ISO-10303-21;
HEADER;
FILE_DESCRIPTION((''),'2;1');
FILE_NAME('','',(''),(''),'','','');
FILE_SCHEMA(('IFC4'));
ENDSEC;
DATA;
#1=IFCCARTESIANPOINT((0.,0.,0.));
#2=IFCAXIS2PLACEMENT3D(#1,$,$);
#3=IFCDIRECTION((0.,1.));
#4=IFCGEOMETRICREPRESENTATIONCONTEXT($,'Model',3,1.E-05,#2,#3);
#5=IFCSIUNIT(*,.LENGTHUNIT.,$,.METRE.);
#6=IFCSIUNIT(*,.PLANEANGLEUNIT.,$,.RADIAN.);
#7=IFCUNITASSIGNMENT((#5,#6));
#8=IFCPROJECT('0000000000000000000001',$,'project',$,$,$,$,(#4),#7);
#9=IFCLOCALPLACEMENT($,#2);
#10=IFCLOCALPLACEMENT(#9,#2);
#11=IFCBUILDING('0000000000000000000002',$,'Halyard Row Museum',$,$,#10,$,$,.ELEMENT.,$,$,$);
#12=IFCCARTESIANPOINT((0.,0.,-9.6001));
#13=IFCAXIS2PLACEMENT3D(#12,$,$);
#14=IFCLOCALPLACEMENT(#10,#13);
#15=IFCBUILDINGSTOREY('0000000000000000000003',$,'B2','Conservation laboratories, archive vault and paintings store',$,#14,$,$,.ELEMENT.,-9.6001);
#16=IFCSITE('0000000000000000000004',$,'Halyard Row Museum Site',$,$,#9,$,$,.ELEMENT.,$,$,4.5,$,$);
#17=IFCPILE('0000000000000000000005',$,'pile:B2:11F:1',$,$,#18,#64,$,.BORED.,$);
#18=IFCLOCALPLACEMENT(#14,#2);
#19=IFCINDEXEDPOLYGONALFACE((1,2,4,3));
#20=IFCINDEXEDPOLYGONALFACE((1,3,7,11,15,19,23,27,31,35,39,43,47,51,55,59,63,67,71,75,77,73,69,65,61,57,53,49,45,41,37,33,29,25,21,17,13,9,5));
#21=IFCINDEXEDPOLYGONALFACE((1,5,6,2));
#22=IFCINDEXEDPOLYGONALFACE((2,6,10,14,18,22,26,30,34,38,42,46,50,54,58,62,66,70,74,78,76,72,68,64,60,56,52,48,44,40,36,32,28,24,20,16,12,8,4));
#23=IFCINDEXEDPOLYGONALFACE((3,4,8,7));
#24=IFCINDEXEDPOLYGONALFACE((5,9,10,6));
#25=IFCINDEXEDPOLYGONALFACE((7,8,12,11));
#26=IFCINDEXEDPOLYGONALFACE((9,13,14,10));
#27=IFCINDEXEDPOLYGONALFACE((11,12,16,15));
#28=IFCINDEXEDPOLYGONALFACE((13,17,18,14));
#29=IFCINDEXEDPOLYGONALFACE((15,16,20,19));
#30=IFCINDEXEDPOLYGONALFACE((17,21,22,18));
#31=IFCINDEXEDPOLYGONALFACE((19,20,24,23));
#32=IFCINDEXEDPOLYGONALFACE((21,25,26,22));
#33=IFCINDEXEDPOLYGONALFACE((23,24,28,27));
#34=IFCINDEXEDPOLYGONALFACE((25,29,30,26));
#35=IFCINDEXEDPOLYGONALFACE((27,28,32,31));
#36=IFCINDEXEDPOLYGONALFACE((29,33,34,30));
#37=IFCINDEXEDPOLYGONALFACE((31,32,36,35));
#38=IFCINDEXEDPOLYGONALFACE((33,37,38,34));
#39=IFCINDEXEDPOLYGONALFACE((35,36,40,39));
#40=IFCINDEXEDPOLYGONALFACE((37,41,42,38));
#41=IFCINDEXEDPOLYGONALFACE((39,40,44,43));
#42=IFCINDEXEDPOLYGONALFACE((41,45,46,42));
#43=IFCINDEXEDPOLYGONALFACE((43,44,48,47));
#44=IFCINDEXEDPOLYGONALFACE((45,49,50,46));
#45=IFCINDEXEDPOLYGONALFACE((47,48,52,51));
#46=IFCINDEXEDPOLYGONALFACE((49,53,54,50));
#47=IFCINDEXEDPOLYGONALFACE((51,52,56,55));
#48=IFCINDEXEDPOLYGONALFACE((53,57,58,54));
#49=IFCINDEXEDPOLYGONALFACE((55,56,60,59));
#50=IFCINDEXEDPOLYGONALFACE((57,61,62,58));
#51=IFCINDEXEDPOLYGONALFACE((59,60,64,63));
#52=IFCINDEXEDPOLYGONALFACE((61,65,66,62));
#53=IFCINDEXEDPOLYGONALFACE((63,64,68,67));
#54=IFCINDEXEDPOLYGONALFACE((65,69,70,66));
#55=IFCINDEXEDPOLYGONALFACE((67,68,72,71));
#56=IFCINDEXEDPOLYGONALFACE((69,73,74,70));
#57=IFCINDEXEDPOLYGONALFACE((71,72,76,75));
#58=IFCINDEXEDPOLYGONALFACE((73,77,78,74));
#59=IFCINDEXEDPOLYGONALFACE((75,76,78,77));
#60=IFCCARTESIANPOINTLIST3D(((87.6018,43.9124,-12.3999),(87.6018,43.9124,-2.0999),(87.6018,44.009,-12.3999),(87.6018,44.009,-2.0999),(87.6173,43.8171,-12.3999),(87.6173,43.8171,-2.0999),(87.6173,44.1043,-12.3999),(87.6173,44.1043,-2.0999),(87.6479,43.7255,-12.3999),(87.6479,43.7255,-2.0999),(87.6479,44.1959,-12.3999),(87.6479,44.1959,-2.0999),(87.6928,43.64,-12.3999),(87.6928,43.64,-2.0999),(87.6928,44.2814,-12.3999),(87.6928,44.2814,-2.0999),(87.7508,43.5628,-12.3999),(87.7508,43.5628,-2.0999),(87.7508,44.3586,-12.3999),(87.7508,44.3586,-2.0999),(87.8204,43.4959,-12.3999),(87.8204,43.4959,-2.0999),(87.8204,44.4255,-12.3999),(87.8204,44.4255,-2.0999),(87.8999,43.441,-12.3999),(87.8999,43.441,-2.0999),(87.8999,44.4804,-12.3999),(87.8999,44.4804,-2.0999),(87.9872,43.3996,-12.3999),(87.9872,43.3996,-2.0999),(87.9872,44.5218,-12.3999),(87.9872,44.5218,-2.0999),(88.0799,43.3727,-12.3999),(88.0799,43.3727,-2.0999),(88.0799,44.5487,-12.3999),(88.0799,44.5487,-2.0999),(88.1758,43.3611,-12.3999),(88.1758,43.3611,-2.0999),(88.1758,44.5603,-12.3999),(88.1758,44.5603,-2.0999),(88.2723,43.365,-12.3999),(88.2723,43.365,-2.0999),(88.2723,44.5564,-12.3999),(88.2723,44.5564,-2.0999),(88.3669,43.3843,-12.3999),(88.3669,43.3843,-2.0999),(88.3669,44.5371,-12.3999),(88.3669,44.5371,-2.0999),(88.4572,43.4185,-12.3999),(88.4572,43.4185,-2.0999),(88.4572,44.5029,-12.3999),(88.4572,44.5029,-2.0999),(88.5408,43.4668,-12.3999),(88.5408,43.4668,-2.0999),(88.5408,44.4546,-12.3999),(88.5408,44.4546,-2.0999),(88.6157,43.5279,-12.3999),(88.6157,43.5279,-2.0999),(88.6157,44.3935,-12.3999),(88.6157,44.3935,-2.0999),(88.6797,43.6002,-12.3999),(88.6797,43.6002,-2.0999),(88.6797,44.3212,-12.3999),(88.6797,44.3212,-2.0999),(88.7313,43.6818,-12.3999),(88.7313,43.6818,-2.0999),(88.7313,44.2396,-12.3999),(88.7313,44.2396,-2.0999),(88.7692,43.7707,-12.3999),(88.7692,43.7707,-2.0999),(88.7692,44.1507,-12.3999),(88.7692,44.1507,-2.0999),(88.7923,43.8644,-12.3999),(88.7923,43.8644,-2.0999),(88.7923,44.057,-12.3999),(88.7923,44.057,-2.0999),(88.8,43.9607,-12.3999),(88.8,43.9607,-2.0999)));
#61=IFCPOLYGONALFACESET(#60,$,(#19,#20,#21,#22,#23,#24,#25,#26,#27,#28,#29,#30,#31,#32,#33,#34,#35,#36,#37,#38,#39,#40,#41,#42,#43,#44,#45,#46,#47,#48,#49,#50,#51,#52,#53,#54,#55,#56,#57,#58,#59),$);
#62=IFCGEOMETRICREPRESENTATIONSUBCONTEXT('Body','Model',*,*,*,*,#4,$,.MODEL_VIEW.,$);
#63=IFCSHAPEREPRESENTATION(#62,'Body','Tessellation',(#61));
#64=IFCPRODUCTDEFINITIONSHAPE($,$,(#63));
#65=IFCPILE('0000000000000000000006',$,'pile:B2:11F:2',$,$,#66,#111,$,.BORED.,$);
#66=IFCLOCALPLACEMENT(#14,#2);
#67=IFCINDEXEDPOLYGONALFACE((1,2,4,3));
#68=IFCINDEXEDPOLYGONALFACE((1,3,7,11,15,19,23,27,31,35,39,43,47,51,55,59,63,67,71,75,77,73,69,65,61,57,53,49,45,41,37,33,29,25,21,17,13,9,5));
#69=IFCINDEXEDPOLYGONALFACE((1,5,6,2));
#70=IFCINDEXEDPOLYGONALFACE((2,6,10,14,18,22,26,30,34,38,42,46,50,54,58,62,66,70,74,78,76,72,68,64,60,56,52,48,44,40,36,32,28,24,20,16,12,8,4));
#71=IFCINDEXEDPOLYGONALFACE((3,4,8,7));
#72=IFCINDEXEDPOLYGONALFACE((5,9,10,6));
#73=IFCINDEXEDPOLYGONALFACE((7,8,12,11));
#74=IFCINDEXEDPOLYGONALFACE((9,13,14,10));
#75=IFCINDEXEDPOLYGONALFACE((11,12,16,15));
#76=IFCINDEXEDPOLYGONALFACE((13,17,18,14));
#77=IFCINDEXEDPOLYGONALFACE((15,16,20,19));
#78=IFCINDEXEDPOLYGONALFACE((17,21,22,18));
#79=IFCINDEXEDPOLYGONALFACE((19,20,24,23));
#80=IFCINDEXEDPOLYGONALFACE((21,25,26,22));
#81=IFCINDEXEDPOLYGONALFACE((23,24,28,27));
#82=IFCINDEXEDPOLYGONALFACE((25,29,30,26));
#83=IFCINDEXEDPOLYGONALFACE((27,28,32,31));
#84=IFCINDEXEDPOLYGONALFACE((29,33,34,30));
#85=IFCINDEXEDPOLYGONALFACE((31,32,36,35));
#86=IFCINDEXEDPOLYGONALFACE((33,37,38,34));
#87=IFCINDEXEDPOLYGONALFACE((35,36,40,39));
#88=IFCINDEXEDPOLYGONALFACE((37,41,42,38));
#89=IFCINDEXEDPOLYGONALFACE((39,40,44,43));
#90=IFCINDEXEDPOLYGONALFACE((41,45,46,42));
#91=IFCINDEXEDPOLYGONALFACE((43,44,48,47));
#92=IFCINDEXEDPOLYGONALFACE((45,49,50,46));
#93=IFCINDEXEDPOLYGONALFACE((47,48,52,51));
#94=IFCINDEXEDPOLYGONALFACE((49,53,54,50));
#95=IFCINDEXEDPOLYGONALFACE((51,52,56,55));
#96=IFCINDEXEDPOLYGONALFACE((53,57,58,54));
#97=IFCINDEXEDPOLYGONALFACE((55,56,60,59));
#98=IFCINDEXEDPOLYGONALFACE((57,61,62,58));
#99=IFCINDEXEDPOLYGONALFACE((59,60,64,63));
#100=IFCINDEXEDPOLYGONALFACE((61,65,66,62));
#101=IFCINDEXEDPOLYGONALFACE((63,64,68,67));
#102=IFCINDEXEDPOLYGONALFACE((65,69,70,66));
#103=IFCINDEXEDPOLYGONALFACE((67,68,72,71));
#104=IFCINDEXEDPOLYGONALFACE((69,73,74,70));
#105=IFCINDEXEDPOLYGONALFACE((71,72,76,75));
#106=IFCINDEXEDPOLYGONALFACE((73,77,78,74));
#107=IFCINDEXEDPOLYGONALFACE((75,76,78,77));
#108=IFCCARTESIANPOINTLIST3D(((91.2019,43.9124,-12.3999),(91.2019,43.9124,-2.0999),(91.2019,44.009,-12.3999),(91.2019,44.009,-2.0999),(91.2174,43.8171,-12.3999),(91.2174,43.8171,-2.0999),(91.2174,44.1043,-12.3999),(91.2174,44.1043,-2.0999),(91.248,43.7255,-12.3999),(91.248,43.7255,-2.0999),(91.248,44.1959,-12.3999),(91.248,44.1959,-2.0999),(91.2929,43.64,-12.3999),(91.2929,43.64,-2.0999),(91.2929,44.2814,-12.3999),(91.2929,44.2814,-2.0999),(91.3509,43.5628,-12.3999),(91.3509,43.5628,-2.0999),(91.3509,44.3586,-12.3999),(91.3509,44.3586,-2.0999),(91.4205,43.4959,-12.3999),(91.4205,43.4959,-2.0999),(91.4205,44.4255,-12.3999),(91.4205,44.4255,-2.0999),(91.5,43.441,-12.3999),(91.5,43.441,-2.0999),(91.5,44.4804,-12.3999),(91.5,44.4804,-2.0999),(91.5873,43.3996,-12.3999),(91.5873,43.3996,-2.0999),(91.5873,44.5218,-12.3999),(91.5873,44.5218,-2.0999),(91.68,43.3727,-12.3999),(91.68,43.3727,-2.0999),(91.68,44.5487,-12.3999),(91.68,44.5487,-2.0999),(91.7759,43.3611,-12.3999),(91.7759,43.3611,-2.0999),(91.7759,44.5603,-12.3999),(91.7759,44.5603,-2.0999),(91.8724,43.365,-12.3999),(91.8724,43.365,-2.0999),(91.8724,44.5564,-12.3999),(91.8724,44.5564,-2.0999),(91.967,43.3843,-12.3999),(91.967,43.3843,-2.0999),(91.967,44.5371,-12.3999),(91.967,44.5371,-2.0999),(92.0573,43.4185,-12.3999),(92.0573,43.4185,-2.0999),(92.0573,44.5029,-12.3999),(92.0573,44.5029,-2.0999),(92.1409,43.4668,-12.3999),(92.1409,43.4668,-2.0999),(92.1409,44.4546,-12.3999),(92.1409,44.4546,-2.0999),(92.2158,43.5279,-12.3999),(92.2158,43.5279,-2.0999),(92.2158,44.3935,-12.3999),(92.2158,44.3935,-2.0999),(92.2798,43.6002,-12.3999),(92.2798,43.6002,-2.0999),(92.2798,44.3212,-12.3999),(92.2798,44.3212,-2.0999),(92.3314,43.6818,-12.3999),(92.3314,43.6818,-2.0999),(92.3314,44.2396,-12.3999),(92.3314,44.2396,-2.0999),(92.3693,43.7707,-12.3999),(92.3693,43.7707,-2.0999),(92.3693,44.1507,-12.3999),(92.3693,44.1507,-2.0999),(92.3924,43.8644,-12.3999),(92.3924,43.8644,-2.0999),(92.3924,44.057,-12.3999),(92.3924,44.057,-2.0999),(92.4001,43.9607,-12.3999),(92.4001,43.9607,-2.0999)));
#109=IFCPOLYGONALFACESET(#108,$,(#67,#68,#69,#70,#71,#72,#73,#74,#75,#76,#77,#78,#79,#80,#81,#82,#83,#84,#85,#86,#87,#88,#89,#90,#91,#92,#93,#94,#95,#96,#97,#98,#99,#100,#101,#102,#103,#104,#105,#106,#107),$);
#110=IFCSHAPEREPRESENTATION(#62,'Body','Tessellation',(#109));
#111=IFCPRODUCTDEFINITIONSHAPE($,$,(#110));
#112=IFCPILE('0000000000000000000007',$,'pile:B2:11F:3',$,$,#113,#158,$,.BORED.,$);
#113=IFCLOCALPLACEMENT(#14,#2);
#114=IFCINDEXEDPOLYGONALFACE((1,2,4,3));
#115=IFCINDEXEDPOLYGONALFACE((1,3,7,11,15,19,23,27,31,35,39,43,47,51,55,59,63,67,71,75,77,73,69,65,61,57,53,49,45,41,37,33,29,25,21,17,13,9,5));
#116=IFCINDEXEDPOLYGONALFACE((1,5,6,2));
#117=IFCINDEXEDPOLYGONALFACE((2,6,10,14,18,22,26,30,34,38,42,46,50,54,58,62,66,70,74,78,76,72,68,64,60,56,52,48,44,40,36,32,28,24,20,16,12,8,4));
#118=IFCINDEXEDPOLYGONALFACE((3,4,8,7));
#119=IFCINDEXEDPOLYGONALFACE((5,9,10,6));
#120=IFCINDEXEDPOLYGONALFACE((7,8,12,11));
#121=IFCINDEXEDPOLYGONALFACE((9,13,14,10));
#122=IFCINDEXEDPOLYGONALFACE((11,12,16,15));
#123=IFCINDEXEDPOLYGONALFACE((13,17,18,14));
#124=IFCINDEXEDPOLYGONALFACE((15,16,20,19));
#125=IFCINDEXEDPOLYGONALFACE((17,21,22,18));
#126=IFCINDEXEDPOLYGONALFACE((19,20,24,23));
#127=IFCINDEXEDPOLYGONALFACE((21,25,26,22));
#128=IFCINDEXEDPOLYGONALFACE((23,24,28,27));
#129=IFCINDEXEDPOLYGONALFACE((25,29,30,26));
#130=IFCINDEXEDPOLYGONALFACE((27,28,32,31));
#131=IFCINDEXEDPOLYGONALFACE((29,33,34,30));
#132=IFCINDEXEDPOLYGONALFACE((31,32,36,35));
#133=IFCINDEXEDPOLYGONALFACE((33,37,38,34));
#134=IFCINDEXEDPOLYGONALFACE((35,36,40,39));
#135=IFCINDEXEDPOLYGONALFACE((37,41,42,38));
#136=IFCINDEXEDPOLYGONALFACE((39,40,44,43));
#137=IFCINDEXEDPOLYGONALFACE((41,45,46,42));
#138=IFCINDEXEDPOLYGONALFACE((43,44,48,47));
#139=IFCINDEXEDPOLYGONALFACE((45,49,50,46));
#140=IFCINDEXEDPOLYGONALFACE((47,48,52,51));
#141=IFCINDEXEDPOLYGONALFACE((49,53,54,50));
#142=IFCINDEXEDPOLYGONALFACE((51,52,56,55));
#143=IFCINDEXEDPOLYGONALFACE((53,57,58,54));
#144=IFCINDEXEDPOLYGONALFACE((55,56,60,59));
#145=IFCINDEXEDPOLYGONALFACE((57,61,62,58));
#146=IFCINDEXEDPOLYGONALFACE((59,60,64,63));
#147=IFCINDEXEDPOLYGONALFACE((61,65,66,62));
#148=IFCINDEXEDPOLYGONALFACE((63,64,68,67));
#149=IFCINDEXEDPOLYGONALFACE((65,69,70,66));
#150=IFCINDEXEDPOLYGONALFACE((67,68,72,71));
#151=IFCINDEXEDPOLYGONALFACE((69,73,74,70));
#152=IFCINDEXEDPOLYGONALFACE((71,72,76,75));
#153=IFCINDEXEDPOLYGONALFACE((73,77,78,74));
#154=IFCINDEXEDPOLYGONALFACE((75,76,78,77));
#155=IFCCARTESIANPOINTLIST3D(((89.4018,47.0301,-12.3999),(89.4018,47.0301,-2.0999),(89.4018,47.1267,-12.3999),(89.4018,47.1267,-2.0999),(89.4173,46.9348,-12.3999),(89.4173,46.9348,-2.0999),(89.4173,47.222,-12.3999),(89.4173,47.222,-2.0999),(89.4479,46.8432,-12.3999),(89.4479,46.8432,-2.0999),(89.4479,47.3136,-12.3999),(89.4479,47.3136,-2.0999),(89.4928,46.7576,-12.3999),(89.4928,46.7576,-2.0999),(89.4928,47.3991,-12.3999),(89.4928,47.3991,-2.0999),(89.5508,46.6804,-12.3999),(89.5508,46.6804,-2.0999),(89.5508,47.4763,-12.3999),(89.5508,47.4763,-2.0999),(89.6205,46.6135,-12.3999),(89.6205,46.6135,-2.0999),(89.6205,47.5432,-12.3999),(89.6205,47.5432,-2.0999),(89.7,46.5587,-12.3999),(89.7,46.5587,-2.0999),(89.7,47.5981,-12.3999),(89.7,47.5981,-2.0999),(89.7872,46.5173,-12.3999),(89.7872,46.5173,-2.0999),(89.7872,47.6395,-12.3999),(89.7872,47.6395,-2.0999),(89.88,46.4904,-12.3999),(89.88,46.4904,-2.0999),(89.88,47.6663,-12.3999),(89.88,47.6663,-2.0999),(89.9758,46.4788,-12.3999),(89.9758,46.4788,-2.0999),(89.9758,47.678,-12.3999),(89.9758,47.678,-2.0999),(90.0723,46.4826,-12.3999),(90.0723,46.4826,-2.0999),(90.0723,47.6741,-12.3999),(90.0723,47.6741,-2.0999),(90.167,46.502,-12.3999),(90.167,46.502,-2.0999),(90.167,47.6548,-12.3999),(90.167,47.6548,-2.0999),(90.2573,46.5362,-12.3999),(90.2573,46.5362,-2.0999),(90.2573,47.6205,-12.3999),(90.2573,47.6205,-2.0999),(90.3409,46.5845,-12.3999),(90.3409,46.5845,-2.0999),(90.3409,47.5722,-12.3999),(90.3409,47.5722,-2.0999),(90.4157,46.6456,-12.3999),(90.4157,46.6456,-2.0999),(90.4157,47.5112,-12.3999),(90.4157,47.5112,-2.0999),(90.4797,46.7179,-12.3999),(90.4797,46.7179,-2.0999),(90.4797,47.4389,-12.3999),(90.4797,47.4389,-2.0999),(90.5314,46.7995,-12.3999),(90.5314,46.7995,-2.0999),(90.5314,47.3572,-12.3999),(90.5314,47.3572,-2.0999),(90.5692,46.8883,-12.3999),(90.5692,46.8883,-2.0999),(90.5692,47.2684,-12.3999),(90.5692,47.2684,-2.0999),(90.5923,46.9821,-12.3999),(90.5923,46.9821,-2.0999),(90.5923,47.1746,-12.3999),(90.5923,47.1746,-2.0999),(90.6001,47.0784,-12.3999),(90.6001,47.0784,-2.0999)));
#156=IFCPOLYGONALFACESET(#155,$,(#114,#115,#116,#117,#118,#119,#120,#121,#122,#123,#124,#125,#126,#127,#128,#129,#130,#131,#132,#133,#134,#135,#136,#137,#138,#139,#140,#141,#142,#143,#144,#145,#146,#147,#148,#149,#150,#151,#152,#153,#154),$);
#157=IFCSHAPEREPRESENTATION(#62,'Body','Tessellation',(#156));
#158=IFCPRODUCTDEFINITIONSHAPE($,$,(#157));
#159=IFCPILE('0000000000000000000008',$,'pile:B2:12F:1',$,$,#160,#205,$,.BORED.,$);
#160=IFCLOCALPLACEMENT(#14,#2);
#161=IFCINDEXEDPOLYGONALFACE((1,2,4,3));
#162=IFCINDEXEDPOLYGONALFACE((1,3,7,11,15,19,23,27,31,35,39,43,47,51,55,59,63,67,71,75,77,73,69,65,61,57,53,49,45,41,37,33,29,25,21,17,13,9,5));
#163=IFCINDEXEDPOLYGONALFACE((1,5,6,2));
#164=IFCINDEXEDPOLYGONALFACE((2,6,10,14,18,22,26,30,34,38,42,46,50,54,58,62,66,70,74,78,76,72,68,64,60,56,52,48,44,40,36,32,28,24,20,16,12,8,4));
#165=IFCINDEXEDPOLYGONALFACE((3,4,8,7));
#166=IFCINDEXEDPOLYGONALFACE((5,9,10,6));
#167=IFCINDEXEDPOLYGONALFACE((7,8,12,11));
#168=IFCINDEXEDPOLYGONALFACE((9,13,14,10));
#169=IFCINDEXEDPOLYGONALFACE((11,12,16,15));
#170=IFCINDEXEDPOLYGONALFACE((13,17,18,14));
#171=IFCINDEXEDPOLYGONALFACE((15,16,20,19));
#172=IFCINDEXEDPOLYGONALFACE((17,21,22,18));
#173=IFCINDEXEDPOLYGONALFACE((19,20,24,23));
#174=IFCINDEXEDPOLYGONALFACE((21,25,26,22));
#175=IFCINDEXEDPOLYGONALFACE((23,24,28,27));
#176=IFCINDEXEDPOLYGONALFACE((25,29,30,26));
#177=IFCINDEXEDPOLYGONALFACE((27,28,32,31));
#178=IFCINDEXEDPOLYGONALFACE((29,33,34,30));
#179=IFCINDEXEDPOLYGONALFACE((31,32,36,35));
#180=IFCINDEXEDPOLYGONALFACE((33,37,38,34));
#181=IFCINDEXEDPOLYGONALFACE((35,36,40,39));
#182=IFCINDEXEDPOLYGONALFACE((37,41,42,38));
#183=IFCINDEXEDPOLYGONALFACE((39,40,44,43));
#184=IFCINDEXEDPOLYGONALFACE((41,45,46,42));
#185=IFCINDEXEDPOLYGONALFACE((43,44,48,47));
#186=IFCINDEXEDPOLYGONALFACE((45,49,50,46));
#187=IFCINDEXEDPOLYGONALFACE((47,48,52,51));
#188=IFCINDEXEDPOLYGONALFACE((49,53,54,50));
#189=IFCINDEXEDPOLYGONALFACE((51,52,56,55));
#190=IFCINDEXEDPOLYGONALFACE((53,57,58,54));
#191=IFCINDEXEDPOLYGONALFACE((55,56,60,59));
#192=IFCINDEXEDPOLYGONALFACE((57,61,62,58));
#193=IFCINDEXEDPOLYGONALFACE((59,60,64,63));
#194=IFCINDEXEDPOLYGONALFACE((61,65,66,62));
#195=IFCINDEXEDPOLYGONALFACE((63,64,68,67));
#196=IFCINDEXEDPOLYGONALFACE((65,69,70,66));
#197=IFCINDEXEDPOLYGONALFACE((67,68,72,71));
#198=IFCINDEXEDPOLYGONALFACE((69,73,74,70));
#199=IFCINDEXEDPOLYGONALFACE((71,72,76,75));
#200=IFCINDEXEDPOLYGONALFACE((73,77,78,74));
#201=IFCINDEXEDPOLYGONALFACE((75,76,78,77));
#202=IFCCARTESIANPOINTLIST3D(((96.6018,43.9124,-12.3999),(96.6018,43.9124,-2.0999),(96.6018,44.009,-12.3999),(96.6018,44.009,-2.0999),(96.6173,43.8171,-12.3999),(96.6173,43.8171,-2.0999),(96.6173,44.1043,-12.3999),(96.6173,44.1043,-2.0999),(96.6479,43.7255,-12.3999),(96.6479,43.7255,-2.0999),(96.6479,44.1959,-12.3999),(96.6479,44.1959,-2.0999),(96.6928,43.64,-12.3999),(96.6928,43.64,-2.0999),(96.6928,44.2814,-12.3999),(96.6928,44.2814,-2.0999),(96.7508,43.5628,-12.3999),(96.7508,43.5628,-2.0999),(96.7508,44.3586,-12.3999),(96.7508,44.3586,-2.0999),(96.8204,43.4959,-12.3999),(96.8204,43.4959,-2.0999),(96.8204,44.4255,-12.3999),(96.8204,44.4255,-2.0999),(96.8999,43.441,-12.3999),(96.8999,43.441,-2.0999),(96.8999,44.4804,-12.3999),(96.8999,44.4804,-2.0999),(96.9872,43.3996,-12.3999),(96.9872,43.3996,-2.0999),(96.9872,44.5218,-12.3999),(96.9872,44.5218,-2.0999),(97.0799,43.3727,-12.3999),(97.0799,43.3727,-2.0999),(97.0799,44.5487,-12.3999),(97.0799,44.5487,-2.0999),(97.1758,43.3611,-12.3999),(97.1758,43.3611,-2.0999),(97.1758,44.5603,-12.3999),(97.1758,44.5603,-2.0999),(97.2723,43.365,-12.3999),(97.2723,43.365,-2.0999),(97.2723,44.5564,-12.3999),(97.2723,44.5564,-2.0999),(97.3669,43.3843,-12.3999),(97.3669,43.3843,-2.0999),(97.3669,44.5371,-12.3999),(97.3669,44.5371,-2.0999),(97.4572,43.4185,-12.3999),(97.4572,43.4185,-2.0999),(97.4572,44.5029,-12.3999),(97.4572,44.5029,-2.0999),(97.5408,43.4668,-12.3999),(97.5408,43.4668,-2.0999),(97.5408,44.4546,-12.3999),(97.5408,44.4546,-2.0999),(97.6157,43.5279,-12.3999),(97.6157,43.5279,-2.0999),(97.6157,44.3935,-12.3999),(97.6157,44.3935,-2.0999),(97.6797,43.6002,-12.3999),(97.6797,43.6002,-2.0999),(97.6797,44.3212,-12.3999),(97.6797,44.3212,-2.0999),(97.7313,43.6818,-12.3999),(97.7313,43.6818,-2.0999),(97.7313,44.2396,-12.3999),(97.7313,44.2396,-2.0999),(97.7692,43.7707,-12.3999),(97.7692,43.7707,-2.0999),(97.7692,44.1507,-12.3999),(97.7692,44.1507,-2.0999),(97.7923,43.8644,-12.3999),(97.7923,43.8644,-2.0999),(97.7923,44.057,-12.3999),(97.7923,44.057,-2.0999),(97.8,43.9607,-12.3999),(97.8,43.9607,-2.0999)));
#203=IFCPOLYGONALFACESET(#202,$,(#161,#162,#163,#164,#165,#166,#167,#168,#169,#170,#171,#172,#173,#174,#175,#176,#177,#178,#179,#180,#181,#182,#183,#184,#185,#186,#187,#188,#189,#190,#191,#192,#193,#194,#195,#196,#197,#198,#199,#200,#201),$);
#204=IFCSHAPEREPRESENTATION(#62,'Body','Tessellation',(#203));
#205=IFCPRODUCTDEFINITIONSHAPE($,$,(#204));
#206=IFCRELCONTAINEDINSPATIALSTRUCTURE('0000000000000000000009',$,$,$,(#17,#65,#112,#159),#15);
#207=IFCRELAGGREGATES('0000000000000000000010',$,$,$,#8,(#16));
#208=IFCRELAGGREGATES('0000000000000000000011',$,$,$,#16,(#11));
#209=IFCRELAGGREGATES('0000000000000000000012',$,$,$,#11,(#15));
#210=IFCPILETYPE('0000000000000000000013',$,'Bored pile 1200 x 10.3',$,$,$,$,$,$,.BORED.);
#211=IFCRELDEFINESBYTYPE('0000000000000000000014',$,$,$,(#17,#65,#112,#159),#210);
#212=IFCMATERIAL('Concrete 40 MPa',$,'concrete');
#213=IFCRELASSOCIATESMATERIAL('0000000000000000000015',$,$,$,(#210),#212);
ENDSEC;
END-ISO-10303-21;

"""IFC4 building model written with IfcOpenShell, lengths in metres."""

from ifc_helpers import new_model, si_unit, direction, frame, origin, origin_2d, place, context, subcontext, project, spatial, circle, extrude, material, material_profile, profile_set, type_object, element, save


model = new_model("IFC4")

# Units and contexts
model_context = context("Model", 3, precision=1e-05, world=origin(), true_north=direction((0.0, 1.0)))
body_context = subcontext(model_context, "Body", "Model", "MODEL_VIEW")
ifc_project = project(units=[si_unit("LENGTHUNIT", "METRE"), si_unit("PLANEANGLEUNIT", "RADIAN")], contexts=[model_context])

# Site, building, storey
site_placement = place(None, origin())
site = spatial("IfcSite", under=ifc_project, at=site_placement, Name="Halyard Row Museum Site", CompositionType="ELEMENT", RefElevation=4.5)
building_placement = place(site_placement, origin())
building = spatial("IfcBuilding", under=site, at=building_placement, Name="Halyard Row Museum", CompositionType="ELEMENT")
storey_placement = place(building_placement, frame((0.0, 0.0, -9.6001)))
storey = spatial("IfcBuildingStorey", under=building, at=storey_placement, Name="B2", Description="Conservation laboratories, archive vault and paintings store", CompositionType="ELEMENT", Elevation=-9.6001)

# Piles
ifc_material_1 = material(Name="Concrete 40 MPa", Category="concrete")
ifc_material_profile_1 = material_profile(ifc_material_1, circle(Radius=0.6001, at=origin_2d()), Name="Bored pile 1200 x 10.3")
ifc_profile_set_1 = profile_set([ifc_material_profile_1], Name="Concrete 40 MPa")
pile_type_1 = type_object("IfcPileType", Name="Bored pile 1200 x 10.3", PredefinedType="BORED", material=ifc_profile_set_1)
for number, where, z_axis, x_axis, name in (
    (1, (88.2, 43.9607, -2.0999), (0.0, 0.0, -1.0), (1.0, 0.0, 0.0), "pile:B2:11F:1"),
    (2, (91.8, 43.9607, -2.0999), (0.0, 0.0, -1.0), (1.0, 0.0, 0.0), "pile:B2:11F:2"),
    (3, (90.0, 47.0784, -2.0999), (0.0, 0.0, -1.0), (1.0, 0.0, 0.0), "pile:B2:11F:3"),
    (4, (97.2, 43.9607, -2.0999), (0.0, 0.0, -1.0), (1.0, 0.0, 0.0), "pile:B2:12F:1"),
):
    element("IfcPile", number, at=place(storey_placement, frame(where, z_axis=z_axis, x_axis=x_axis)), inside=storey, type_object=pile_type_1, Name=name, PredefinedType="BORED", context=body_context, shape_type="SweptSolid", body=[
        extrude(circle(Radius=0.6001, at=origin_2d()), origin(), (0.0, 0.0, 1.0), 10.3),
    ])

save(model, "model.ifc")
